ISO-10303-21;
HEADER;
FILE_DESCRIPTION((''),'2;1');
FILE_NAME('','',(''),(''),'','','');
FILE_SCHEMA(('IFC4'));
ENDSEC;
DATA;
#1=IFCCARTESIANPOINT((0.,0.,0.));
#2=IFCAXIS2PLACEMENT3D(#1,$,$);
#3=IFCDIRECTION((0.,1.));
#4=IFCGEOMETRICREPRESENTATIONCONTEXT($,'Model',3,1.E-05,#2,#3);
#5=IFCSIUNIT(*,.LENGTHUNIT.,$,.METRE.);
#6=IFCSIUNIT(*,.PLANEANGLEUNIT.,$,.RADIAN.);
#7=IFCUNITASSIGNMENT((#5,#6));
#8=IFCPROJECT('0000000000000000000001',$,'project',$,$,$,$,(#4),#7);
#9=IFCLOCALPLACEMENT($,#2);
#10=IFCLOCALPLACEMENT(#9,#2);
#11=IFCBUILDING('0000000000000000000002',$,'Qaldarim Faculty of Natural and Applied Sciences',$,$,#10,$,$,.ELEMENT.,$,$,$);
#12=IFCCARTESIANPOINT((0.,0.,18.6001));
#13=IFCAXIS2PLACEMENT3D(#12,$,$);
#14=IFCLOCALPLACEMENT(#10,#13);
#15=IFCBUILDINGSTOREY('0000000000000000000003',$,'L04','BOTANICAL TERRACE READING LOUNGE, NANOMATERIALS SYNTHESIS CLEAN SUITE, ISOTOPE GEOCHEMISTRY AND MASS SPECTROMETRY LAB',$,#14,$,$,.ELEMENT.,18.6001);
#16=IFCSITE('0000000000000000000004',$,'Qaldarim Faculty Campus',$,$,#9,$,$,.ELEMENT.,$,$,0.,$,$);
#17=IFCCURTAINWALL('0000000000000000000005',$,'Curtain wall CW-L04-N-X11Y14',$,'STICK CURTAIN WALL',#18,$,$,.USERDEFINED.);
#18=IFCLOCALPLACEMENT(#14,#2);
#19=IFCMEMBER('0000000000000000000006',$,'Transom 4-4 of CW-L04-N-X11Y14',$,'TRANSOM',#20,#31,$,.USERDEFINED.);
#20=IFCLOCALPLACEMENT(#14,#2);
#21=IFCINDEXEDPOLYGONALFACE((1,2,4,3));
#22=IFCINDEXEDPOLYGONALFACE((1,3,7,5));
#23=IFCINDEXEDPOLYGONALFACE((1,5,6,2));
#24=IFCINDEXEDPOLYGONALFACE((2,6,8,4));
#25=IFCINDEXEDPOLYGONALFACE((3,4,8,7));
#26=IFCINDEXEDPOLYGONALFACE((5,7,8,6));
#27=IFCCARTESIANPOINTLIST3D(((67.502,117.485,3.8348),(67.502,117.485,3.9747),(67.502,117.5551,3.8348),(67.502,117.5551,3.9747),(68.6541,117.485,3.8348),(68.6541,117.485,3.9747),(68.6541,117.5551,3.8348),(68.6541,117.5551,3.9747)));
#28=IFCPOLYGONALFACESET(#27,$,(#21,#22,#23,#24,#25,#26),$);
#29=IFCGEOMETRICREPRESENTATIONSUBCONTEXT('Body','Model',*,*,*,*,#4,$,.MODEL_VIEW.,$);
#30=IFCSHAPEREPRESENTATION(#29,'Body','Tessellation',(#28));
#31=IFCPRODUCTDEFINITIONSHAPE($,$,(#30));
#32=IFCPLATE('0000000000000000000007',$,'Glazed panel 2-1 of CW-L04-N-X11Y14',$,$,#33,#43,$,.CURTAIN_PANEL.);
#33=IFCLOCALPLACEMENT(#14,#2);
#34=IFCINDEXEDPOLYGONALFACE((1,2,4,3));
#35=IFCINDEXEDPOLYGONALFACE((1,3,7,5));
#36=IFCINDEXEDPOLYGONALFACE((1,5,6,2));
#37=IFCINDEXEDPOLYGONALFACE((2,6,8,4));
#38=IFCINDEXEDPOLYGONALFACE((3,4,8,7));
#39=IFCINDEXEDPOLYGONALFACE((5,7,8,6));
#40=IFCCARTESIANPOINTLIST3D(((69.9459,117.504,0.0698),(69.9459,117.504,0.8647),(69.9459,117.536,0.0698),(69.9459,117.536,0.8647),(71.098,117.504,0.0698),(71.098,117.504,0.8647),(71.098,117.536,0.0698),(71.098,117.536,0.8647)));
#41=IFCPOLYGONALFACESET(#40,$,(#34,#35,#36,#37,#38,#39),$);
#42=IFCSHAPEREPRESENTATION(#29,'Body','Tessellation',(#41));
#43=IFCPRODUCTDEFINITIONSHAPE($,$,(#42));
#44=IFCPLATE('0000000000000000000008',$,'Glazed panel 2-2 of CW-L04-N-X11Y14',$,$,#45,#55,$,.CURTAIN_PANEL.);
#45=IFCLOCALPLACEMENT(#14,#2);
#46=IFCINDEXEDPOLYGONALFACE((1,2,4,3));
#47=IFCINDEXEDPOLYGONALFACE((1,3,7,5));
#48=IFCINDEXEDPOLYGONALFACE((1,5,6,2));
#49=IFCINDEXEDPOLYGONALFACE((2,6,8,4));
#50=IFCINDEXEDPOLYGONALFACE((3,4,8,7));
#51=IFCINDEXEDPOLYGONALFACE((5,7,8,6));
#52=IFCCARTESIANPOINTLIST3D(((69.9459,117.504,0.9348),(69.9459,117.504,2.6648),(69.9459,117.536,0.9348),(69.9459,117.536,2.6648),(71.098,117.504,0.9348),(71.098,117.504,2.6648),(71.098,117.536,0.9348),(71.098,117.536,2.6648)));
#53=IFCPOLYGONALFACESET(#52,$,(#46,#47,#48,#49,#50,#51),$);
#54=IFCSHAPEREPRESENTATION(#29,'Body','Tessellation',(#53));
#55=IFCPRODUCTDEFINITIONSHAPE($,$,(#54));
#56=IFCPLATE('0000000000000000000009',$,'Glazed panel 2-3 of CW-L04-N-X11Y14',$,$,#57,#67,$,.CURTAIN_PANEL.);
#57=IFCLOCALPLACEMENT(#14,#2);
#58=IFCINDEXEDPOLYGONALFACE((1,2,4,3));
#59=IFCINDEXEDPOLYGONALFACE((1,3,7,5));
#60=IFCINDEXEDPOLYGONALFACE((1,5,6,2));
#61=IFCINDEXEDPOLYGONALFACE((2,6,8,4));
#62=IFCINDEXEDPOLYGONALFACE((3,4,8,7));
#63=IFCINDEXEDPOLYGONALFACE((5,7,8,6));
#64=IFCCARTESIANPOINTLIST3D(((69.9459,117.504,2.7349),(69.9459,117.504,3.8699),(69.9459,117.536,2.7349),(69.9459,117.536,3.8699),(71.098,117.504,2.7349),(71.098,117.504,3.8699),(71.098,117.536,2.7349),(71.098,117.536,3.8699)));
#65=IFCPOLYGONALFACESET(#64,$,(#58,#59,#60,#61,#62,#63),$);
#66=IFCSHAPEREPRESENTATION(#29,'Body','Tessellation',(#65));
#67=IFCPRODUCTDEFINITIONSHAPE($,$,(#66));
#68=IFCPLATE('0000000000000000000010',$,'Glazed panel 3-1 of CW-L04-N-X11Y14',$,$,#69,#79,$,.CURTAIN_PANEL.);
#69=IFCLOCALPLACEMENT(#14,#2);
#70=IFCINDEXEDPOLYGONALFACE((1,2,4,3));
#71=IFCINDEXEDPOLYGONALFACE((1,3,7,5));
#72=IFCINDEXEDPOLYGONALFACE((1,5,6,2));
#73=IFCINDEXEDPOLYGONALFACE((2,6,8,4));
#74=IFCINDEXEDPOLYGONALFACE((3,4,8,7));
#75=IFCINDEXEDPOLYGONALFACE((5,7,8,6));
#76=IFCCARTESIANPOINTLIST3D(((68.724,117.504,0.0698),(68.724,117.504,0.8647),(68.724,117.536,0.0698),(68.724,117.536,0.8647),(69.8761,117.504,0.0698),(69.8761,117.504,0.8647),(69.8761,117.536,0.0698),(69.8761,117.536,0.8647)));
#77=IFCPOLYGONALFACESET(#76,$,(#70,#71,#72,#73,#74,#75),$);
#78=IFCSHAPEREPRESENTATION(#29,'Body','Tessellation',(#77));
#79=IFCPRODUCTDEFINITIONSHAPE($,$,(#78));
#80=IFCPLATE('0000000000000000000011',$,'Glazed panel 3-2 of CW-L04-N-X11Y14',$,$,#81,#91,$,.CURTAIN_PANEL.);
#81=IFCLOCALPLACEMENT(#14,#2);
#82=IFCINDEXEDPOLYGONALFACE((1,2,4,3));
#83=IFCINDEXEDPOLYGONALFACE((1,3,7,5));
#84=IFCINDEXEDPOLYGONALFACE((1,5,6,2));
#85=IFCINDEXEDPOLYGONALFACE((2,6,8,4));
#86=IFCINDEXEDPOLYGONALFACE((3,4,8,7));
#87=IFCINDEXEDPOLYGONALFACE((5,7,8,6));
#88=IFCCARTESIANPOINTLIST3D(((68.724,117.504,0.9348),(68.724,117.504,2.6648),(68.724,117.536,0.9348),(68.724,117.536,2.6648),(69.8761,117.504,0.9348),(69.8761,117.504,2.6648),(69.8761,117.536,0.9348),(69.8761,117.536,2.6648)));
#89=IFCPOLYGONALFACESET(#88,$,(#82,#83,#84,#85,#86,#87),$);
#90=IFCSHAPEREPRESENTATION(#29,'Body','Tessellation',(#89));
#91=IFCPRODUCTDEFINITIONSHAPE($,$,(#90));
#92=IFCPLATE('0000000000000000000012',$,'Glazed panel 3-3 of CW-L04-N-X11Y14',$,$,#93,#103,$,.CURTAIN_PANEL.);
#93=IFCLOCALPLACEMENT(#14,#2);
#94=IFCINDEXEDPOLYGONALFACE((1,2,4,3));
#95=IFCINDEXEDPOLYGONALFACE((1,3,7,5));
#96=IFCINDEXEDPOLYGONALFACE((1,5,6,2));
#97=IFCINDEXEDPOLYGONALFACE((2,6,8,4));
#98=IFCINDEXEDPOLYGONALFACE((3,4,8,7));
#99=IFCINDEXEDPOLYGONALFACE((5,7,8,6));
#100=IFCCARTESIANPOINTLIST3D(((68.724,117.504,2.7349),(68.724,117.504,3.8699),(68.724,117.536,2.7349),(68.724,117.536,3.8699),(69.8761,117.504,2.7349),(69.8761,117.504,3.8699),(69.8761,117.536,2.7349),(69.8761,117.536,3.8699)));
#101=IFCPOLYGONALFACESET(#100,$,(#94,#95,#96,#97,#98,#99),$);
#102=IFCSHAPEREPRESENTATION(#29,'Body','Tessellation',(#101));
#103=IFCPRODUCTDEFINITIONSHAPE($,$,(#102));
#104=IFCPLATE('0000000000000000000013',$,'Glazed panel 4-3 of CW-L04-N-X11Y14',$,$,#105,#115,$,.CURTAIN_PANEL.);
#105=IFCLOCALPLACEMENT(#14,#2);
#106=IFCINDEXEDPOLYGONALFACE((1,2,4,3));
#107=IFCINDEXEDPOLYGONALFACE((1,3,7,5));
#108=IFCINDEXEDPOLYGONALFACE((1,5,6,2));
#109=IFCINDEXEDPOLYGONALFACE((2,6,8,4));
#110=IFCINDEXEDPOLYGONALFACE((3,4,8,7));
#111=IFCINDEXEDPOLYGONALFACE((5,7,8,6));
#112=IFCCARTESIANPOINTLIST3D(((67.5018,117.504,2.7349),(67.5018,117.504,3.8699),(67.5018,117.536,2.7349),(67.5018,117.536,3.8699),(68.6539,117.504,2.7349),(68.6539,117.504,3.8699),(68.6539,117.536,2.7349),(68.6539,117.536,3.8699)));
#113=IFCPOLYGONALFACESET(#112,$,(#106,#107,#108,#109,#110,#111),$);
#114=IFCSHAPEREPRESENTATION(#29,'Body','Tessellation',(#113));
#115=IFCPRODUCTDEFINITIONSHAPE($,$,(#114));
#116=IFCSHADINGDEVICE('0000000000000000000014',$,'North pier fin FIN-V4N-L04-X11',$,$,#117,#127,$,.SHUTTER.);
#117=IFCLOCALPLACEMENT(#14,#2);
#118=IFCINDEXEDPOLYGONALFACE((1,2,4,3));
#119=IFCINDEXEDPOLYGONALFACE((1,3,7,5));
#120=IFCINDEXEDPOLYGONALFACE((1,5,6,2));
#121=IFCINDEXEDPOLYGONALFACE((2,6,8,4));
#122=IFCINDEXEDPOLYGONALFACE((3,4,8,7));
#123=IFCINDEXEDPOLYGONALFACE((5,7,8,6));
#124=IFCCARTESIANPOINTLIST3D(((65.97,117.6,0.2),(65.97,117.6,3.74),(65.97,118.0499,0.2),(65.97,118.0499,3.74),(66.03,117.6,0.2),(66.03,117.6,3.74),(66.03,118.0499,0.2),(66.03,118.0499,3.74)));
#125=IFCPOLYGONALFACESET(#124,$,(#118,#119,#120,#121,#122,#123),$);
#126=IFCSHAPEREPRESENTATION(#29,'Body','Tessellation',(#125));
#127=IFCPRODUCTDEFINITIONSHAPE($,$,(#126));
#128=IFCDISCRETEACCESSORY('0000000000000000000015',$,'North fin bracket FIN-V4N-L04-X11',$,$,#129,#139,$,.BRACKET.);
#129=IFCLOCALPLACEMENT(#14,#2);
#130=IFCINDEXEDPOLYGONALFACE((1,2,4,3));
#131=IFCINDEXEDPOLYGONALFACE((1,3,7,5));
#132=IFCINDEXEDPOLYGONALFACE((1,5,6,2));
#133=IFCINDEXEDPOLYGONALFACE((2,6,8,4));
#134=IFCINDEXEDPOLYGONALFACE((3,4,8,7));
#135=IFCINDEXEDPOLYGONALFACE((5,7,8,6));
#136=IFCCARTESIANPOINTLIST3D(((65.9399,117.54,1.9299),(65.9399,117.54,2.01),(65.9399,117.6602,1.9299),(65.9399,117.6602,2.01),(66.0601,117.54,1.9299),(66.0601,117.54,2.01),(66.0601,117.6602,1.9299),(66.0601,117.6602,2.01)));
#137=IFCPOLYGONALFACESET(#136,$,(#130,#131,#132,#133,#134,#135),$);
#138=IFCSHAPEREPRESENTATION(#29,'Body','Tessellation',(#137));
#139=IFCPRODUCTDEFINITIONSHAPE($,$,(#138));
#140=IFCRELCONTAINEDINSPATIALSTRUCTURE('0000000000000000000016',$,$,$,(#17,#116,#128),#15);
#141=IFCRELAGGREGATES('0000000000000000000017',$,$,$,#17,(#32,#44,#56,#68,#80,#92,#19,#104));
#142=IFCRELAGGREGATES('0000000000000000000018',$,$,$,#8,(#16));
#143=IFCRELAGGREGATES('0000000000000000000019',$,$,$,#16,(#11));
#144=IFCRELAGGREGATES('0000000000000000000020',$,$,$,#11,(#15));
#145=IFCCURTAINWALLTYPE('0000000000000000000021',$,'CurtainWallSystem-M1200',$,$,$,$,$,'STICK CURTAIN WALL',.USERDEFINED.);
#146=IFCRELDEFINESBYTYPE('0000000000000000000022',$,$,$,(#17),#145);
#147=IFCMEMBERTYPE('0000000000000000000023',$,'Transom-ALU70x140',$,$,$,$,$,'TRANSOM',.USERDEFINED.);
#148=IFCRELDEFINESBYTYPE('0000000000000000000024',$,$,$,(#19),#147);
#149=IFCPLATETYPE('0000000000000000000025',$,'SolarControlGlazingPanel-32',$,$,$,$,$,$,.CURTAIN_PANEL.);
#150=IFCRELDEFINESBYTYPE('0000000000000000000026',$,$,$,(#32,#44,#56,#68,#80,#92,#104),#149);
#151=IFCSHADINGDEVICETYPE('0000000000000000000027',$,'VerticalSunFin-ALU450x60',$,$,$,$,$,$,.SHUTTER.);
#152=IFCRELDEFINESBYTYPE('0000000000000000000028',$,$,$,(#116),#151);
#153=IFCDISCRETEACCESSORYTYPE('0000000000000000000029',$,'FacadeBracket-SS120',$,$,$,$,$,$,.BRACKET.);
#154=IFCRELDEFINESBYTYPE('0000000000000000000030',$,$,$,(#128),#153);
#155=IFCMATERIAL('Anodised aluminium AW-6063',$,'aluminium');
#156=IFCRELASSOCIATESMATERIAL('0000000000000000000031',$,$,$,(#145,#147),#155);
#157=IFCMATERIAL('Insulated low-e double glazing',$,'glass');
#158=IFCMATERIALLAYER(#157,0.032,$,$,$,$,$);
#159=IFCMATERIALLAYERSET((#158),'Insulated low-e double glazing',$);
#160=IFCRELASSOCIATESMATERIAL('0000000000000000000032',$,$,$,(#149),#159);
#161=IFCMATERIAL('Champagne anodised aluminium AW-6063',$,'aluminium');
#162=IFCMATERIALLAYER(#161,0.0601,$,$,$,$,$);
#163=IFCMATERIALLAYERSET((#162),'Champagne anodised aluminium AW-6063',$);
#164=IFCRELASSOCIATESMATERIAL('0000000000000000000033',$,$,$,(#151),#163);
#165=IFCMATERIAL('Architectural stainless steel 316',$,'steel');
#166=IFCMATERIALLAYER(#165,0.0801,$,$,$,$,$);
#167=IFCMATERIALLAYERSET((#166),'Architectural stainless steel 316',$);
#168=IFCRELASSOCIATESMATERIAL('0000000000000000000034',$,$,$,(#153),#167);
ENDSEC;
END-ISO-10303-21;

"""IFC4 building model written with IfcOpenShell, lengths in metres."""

from ifc_helpers import new_model, si_unit, direction, frame, origin, origin_2d, place, context, subcontext, project, spatial, rectangle, extrude, material, layer, layer_set, material_profile, profile_set, type_object, element, aggregate, save


model = new_model("IFC4")

# Units and contexts
model_context = context("Model", 3, precision=1e-05, world=origin(), true_north=direction((0.0, 1.0)))
body_context = subcontext(model_context, "Body", "Model", "MODEL_VIEW")
ifc_project = project(units=[si_unit("LENGTHUNIT", "METRE"), si_unit("PLANEANGLEUNIT", "RADIAN")], contexts=[model_context])

# Site, building, storey
site_placement = place(None, origin())
site = spatial("IfcSite", under=ifc_project, at=site_placement, Name="Qaldarim Faculty Campus", CompositionType="ELEMENT", RefElevation=0.0)
building_placement = place(site_placement, origin())
building = spatial("IfcBuilding", under=site, at=building_placement, Name="Qaldarim Faculty of Natural and Applied Sciences", CompositionType="ELEMENT")
storey_placement = place(building_placement, frame((0.0, 0.0, 18.6001)))
storey = spatial("IfcBuildingStorey", under=building, at=storey_placement, Name="L04", Description="BOTANICAL TERRACE READING LOUNGE, NANOMATERIALS SYNTHESIS CLEAN SUITE, ISOTOPE GEOCHEMISTRY AND MASS SPECTROMETRY LAB", CompositionType="ELEMENT", Elevation=18.6001)

# Curtain wall
ifc_material_1 = material(Name="Anodised aluminium AW-6063", Category="aluminium")
curtain_wall_type = type_object("IfcCurtainWallType", Name="CurtainWallSystem-M1200", ElementType="STICK CURTAIN WALL", PredefinedType="USERDEFINED", material=ifc_material_1)
curtain_wall_placement = place(storey_placement, origin())
curtain_wall = element("IfcCurtainWall", 1, at=curtain_wall_placement, inside=storey, type_object=curtain_wall_type, Name="Curtain wall CW-L04-N-X11Y14", ObjectType="STICK CURTAIN WALL", PredefinedType="USERDEFINED")

# Member
ifc_material_profile_1 = material_profile(ifc_material_1, rectangle(XDim=0.0701, YDim=0.1399, at=origin_2d()), Name="ALU-T70x140")
ifc_profile_set_1 = profile_set([ifc_material_profile_1], Name="Anodised aluminium AW-6063")
member_type_1 = type_object("IfcMemberType", Name="Transom-ALU70x140", ElementType="TRANSOM", PredefinedType="USERDEFINED", material=ifc_profile_set_1)
member_1_placement = place(storey_placement, frame((68.6541, 117.52, 3.9048), z_axis=(-1.0, 0.0, 0.0), x_axis=(0.0, -1.0, 0.0)))
member_1 = element("IfcMember", 2, at=member_1_placement, type_object=member_type_1, Name="Transom 4-4 of CW-L04-N-X11Y14", ObjectType="TRANSOM", PredefinedType="USERDEFINED", context=body_context, shape_type="SweptSolid", body=[
    extrude(rectangle(XDim=0.0701, YDim=0.1399, at=origin_2d()), origin(), (0.0, 0.0, 1.0), 1.1521),
])

# Plates
ifc_material_2 = material(Name="Insulated low-e double glazing", Category="glass")
ifc_layer_1 = layer(ifc_material_2, 0.032)
ifc_layer_set_1 = layer_set([ifc_layer_1], Name="Insulated low-e double glazing")
plate_type = type_object("IfcPlateType", Name="SolarControlGlazingPanel-32", PredefinedType="CURTAIN_PANEL", material=ifc_layer_set_1)
plate_1_placement = place(storey_placement, frame((70.522, 117.52, 0.0698), z_axis=(0.0, 0.0, 1.0), x_axis=(-1.0, 0.0, 0.0)))
plate_1 = element("IfcPlate", 3, at=plate_1_placement, type_object=plate_type, Name="Glazed panel 2-1 of CW-L04-N-X11Y14", PredefinedType="CURTAIN_PANEL", context=body_context, shape_type="SweptSolid", body=[
    extrude(rectangle(XDim=1.1521, YDim=0.032, at=origin_2d()), origin(), (0.0, 0.0, 1.0), 0.7949),
])
plate_2_placement = place(storey_placement, frame((70.522, 117.52, 0.9348), z_axis=(0.0, 0.0, 1.0), x_axis=(-1.0, 0.0, 0.0)))
plate_2 = element("IfcPlate", 4, at=plate_2_placement, type_object=plate_type, Name="Glazed panel 2-2 of CW-L04-N-X11Y14", PredefinedType="CURTAIN_PANEL", context=body_context, shape_type="SweptSolid", body=[
    extrude(rectangle(XDim=1.1521, YDim=0.032, at=origin_2d()), origin(), (0.0, 0.0, 1.0), 1.73),
])
plate_3_placement = place(storey_placement, frame((70.522, 117.52, 2.7349), z_axis=(0.0, 0.0, 1.0), x_axis=(-1.0, 0.0, 0.0)))
plate_3 = element("IfcPlate", 5, at=plate_3_placement, type_object=plate_type, Name="Glazed panel 2-3 of CW-L04-N-X11Y14", PredefinedType="CURTAIN_PANEL", context=body_context, shape_type="SweptSolid", body=[
    extrude(rectangle(XDim=1.1521, YDim=0.032, at=origin_2d()), origin(), (0.0, 0.0, 1.0), 1.135),
])
plate_4_placement = place(storey_placement, frame((69.3, 117.52, 0.0698), z_axis=(0.0, 0.0, 1.0), x_axis=(-1.0, 0.0, 0.0)))
plate_4 = element("IfcPlate", 6, at=plate_4_placement, type_object=plate_type, Name="Glazed panel 3-1 of CW-L04-N-X11Y14", PredefinedType="CURTAIN_PANEL", context=body_context, shape_type="SweptSolid", body=[
    extrude(rectangle(XDim=1.1521, YDim=0.032, at=origin_2d()), origin(), (0.0, 0.0, 1.0), 0.7949),
])
plate_5_placement = place(storey_placement, frame((69.3, 117.52, 0.9348), z_axis=(0.0, 0.0, 1.0), x_axis=(-1.0, 0.0, 0.0)))
plate_5 = element("IfcPlate", 7, at=plate_5_placement, type_object=plate_type, Name="Glazed panel 3-2 of CW-L04-N-X11Y14", PredefinedType="CURTAIN_PANEL", context=body_context, shape_type="SweptSolid", body=[
    extrude(rectangle(XDim=1.1521, YDim=0.032, at=origin_2d()), origin(), (0.0, 0.0, 1.0), 1.73),
])
plate_6_placement = place(storey_placement, frame((69.3, 117.52, 2.7349), z_axis=(0.0, 0.0, 1.0), x_axis=(-1.0, 0.0, 0.0)))
plate_6 = element("IfcPlate", 8, at=plate_6_placement, type_object=plate_type, Name="Glazed panel 3-3 of CW-L04-N-X11Y14", PredefinedType="CURTAIN_PANEL", context=body_context, shape_type="SweptSolid", body=[
    extrude(rectangle(XDim=1.1521, YDim=0.032, at=origin_2d()), origin(), (0.0, 0.0, 1.0), 1.135),
])
plate_7_placement = place(storey_placement, frame((68.0779, 117.52, 2.7349), z_axis=(0.0, 0.0, 1.0), x_axis=(-1.0, 0.0, 0.0)))
plate_7 = element("IfcPlate", 9, at=plate_7_placement, type_object=plate_type, Name="Glazed panel 4-3 of CW-L04-N-X11Y14", PredefinedType="CURTAIN_PANEL", context=body_context, shape_type="SweptSolid", body=[
    extrude(rectangle(XDim=1.1521, YDim=0.032, at=origin_2d()), origin(), (0.0, 0.0, 1.0), 1.135),
])
aggregate(curtain_wall, [plate_1, plate_2, plate_3, plate_4, plate_5, plate_6, member_1, plate_7])

# Shading device
ifc_material_3 = material(Name="Champagne anodised aluminium AW-6063", Category="aluminium")
ifc_layer_2 = layer(ifc_material_3, 0.0601)
ifc_layer_set_2 = layer_set([ifc_layer_2], Name="Champagne anodised aluminium AW-6063")
shading_device_type = type_object("IfcShadingDeviceType", Name="VerticalSunFin-ALU450x60", PredefinedType="SHUTTER", material=ifc_layer_set_2)
shading_device_placement = place(storey_placement, frame((66.0, 117.825, 0.2), z_axis=(0.0, 0.0, 1.0), x_axis=(1.0, 0.0, 0.0)))
element("IfcShadingDevice", 10, at=shading_device_placement, inside=storey, type_object=shading_device_type, Name="North pier fin FIN-V4N-L04-X11", PredefinedType="SHUTTER", context=body_context, shape_type="SweptSolid", body=[
    extrude(rectangle(XDim=0.0601, YDim=0.45, at=origin_2d()), origin(), (0.0, 0.0, 1.0), 3.54),
])

# Discrete accessory
ifc_material_4 = material(Name="Architectural stainless steel 316", Category="steel")
ifc_layer_3 = layer(ifc_material_4, 0.0801)
ifc_layer_set_3 = layer_set([ifc_layer_3], Name="Architectural stainless steel 316")
discrete_accessory_type = type_object("IfcDiscreteAccessoryType", Name="FacadeBracket-SS120", PredefinedType="BRACKET", material=ifc_layer_set_3)
discrete_accessory_placement = place(storey_placement, frame((66.0, 117.6001, 1.9299), z_axis=(0.0, 0.0, 1.0), x_axis=(1.0, 0.0, 0.0)))
element("IfcDiscreteAccessory", 11, at=discrete_accessory_placement, inside=storey, type_object=discrete_accessory_type, Name="North fin bracket FIN-V4N-L04-X11", PredefinedType="BRACKET", context=body_context, shape_type="SweptSolid", body=[
    extrude(rectangle(XDim=0.1201, YDim=0.1201, at=origin_2d()), origin(), (0.0, 0.0, 1.0), 0.0801),
])

save(model, "model.ifc")
